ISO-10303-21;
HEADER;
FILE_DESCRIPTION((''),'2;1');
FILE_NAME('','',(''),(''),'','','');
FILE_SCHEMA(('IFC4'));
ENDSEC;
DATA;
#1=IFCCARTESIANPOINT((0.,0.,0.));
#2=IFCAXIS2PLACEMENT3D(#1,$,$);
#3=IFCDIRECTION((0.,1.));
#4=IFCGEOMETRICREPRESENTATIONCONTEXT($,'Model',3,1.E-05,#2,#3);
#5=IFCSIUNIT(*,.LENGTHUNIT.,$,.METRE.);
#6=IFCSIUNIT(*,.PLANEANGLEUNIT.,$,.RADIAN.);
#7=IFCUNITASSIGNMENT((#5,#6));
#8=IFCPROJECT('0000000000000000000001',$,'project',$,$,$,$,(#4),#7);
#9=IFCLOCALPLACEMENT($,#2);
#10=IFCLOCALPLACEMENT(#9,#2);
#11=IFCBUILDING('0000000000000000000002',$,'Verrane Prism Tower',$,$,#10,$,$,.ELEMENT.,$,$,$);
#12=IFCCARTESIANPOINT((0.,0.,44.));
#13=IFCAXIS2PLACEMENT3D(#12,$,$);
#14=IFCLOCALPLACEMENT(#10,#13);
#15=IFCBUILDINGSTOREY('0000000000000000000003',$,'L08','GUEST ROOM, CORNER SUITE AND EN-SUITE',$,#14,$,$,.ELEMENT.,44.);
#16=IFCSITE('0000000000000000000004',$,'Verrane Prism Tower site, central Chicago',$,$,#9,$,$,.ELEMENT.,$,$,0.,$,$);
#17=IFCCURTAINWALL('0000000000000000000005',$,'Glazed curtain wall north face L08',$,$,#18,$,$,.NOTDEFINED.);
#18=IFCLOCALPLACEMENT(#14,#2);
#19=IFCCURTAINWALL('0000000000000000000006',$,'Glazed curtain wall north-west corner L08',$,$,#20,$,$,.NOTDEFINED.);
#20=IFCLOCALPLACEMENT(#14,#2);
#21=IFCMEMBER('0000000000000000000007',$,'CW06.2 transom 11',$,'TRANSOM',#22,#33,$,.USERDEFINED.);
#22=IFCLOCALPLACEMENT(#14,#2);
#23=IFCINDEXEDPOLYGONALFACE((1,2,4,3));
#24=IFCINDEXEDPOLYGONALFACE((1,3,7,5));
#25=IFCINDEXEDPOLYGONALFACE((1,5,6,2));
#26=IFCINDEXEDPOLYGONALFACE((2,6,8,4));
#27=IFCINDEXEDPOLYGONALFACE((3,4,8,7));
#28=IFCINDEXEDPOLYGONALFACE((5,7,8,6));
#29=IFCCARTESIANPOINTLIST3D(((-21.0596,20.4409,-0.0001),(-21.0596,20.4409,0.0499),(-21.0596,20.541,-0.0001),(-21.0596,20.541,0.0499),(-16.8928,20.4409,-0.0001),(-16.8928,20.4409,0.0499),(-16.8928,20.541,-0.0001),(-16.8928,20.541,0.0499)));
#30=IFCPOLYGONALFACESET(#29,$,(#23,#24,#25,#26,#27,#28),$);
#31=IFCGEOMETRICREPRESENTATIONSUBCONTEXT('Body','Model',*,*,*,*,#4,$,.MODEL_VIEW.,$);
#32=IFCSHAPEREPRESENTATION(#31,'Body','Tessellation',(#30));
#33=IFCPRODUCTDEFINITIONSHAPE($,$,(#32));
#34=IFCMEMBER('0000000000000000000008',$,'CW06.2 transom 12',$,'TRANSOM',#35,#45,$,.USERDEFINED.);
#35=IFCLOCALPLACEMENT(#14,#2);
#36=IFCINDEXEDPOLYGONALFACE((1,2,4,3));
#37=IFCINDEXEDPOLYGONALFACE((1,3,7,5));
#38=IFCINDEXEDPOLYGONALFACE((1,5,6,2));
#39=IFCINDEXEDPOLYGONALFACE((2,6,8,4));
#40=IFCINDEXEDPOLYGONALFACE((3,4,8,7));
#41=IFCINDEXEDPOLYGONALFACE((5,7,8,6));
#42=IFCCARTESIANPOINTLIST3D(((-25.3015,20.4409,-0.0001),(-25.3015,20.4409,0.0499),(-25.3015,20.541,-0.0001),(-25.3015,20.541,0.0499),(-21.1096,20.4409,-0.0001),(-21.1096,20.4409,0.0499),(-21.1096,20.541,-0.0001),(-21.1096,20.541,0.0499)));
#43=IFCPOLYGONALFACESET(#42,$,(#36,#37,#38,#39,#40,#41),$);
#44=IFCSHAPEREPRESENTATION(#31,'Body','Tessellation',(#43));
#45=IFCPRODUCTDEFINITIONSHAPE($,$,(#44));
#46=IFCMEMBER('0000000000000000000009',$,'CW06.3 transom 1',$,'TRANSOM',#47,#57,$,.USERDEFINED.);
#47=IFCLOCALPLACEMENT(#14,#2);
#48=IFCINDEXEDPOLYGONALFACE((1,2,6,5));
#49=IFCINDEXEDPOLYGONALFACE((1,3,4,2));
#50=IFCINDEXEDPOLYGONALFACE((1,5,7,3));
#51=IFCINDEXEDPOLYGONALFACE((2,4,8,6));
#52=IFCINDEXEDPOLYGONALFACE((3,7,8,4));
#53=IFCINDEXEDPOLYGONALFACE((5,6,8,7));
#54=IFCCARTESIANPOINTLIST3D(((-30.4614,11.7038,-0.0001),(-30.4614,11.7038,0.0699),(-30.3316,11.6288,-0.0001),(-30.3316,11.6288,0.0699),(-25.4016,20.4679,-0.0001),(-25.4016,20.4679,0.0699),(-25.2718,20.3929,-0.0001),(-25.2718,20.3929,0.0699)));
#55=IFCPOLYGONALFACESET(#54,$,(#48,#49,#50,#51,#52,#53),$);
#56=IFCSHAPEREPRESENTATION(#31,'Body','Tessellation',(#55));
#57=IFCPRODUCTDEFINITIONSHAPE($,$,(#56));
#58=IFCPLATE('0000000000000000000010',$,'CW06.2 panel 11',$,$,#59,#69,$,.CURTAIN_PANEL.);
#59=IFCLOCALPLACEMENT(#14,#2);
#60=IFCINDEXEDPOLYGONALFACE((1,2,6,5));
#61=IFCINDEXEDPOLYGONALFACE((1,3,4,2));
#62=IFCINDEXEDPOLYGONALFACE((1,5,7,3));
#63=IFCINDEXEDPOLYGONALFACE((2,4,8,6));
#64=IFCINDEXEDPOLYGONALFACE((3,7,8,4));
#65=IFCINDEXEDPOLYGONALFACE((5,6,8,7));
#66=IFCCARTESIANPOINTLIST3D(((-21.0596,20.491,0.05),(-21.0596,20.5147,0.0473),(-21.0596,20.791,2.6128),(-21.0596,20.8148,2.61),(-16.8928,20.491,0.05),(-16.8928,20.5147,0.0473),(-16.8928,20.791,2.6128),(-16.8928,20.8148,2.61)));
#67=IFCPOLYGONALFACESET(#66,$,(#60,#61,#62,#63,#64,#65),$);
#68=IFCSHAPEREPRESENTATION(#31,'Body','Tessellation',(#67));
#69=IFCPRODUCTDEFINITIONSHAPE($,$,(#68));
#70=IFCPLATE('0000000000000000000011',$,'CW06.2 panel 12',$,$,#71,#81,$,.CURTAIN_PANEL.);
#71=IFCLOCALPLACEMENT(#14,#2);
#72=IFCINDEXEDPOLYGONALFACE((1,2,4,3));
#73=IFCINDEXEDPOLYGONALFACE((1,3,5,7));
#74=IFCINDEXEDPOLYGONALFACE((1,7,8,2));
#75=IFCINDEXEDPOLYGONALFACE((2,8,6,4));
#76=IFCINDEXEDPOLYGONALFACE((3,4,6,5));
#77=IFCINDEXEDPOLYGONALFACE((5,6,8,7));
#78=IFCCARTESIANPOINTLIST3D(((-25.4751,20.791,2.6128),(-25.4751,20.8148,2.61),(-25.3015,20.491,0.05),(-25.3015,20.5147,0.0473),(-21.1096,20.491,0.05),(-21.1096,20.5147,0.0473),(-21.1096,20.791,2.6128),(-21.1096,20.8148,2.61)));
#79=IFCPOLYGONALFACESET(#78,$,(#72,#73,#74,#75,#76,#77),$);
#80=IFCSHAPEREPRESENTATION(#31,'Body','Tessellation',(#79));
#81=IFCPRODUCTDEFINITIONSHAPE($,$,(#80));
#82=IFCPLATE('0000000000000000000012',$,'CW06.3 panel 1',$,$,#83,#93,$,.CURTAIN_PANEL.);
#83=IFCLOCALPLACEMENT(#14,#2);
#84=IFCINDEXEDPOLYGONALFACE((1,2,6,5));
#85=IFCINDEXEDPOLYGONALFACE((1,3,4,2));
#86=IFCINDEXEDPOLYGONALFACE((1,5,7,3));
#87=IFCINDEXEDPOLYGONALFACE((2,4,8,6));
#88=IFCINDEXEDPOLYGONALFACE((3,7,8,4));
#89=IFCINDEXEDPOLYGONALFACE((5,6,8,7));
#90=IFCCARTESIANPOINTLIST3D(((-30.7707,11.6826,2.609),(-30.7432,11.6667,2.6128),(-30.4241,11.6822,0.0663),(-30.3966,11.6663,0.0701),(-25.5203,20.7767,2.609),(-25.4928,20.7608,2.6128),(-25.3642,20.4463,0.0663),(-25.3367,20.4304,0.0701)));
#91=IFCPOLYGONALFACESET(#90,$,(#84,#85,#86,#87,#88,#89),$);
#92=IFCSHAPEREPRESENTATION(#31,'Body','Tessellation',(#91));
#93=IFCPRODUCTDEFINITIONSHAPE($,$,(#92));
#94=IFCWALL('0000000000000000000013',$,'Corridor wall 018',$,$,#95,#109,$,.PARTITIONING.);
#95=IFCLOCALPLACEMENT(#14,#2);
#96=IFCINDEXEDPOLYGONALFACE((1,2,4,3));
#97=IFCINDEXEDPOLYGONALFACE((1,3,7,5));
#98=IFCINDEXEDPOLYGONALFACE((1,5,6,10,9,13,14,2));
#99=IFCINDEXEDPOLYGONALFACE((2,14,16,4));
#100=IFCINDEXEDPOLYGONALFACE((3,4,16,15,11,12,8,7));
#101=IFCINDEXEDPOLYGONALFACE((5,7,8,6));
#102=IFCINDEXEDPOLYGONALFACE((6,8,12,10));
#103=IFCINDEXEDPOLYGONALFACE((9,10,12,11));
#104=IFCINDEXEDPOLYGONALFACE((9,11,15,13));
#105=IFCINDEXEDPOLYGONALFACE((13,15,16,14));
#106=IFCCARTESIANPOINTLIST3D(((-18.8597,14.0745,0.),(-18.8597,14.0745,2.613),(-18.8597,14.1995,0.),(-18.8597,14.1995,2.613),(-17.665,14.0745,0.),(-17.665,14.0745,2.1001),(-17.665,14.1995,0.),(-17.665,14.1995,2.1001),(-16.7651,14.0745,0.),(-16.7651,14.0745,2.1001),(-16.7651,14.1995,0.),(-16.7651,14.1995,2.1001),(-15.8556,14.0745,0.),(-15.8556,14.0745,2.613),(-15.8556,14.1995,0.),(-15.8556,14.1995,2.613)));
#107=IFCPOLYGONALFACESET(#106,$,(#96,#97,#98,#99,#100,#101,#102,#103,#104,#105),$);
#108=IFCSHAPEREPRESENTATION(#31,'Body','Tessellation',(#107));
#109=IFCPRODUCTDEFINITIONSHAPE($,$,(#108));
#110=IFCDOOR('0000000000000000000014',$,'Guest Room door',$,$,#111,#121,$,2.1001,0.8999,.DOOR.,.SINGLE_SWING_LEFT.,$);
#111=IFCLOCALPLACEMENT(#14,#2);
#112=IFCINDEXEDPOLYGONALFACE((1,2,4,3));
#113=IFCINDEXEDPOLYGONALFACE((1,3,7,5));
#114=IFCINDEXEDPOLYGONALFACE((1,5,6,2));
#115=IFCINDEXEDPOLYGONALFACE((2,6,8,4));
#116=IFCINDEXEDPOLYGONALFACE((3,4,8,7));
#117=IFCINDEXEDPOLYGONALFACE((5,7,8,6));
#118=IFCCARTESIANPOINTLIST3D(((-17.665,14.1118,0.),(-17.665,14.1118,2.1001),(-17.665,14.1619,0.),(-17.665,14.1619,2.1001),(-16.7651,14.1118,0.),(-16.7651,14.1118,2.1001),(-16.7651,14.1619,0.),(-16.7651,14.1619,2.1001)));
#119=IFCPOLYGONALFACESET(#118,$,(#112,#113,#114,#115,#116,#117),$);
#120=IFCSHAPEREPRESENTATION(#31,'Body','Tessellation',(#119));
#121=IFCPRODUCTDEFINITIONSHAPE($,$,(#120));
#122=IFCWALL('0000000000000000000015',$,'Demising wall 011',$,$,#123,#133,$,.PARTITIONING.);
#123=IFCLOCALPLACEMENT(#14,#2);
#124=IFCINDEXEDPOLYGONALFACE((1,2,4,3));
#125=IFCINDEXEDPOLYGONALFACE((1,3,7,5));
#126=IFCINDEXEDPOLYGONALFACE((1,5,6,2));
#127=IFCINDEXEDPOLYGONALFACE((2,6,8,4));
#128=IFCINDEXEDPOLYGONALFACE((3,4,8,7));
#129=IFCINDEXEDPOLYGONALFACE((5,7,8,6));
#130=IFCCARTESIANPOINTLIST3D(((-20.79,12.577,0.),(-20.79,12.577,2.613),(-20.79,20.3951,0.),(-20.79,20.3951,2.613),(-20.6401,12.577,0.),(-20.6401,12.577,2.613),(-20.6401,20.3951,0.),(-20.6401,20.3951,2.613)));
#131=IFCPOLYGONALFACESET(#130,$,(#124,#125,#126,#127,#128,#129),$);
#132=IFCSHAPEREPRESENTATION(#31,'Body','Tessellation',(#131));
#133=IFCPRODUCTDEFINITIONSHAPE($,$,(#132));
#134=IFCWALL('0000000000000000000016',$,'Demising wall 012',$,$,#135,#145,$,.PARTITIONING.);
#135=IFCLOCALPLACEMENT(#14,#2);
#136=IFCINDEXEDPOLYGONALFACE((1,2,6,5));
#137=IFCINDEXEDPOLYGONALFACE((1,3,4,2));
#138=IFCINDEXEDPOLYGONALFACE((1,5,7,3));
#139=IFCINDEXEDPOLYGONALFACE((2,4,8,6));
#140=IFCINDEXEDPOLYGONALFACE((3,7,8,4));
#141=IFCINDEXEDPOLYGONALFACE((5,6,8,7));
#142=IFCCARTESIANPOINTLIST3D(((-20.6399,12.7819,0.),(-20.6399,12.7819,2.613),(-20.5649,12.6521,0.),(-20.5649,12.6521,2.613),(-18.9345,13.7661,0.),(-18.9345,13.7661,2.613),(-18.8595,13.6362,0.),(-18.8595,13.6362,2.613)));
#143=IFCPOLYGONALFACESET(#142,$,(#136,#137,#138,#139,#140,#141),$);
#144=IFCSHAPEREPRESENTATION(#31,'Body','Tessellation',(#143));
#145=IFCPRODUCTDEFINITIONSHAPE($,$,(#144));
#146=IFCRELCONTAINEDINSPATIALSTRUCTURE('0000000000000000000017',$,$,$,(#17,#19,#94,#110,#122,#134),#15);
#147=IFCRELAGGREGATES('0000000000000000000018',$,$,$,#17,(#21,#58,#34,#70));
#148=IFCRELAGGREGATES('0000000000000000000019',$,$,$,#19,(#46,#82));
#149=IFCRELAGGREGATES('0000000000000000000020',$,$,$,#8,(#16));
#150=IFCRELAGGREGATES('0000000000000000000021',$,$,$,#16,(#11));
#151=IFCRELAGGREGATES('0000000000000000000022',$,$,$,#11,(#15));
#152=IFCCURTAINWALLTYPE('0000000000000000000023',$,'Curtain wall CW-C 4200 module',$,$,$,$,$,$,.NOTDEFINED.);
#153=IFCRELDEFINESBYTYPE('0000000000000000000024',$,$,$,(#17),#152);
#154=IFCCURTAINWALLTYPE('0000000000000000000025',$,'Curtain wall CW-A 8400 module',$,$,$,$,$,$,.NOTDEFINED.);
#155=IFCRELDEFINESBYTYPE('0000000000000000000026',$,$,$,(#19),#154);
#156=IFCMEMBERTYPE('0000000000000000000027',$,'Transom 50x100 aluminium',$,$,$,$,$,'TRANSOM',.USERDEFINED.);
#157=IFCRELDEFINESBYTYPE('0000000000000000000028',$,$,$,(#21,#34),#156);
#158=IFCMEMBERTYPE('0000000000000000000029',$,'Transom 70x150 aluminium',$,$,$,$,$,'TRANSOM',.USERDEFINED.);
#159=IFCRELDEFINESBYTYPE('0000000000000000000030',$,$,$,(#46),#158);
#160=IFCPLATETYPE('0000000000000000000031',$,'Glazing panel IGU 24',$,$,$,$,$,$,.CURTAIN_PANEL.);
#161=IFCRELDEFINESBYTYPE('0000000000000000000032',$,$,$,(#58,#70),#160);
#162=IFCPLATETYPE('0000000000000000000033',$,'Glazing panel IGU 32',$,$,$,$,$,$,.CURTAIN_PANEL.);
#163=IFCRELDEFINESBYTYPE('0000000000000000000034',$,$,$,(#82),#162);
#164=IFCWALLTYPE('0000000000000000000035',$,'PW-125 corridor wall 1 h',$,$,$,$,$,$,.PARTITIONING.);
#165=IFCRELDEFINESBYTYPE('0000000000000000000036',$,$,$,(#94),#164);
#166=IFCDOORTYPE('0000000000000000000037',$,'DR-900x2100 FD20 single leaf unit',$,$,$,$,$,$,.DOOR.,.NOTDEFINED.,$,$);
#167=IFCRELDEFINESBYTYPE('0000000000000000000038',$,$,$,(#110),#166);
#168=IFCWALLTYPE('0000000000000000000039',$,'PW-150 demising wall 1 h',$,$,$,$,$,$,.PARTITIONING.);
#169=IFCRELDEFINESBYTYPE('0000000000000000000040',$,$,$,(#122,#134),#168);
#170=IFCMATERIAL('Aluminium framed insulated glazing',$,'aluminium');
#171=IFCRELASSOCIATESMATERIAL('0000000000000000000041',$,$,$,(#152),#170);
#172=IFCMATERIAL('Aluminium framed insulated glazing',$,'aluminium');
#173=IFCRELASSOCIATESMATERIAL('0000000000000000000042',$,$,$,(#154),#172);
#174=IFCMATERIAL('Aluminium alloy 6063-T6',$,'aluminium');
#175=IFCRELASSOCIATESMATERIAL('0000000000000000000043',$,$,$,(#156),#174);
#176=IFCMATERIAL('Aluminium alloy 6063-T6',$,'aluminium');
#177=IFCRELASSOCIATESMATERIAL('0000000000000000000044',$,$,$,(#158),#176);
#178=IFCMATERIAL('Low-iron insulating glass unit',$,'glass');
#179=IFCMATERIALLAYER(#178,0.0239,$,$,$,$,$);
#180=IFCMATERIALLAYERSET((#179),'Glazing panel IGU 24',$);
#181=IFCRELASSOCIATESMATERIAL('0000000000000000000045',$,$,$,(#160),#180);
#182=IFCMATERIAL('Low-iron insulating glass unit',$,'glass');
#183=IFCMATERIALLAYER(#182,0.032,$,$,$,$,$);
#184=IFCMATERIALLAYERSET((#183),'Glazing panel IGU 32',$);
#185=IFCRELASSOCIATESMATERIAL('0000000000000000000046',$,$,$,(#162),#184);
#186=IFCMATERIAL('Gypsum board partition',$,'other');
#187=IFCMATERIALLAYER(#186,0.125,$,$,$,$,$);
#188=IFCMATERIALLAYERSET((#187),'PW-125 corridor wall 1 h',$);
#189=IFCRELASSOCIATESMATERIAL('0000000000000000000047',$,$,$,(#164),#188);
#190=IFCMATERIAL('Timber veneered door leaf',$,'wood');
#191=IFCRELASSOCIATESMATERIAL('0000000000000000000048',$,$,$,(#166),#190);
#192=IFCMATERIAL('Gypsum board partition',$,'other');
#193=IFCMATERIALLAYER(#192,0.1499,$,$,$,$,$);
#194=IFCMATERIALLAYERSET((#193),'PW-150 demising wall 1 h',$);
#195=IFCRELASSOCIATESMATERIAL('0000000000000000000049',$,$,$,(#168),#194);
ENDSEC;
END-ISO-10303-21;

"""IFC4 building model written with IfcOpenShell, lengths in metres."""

from ifc_helpers import new_model, si_unit, direction, frame, frame_2d, origin, origin_2d, place, context, subcontext, project, spatial, polyline, rectangle, outline, extrude, material, layer, layer_set, material_profile, profile_set, type_object, element, fill, aggregate, save


model = new_model("IFC4")

# Units and contexts
model_context = context("Model", 3, precision=1e-05, world=origin(), true_north=direction((0.0, 1.0)))
body_context = subcontext(model_context, "Body", "Model", "MODEL_VIEW")
ifc_project = project(units=[si_unit("LENGTHUNIT", "METRE"), si_unit("PLANEANGLEUNIT", "RADIAN")], contexts=[model_context])

# Site, building, storey
site_placement = place(None, origin())
site = spatial("IfcSite", under=ifc_project, at=site_placement, Name="Verrane Prism Tower site, central Chicago", CompositionType="ELEMENT", RefElevation=0.0)
building_placement = place(site_placement, origin())
building = spatial("IfcBuilding", under=site, at=building_placement, Name="Verrane Prism Tower", CompositionType="ELEMENT")
storey_placement = place(building_placement, frame((0.0, 0.0, 44.0)))
storey = spatial("IfcBuildingStorey", under=building, at=storey_placement, Name="L08", Description="GUEST ROOM, CORNER SUITE AND EN-SUITE", CompositionType="ELEMENT", Elevation=44.0)

# Curtain wall
ifc_material_1 = material(Name="Aluminium framed insulated glazing", Category="aluminium")
curtain_wall_type_1 = type_object("IfcCurtainWallType", Name="Curtain wall CW-C 4200 module", PredefinedType="NOTDEFINED", material=ifc_material_1)
curtain_wall_1_placement = place(storey_placement, origin())
curtain_wall_1 = element("IfcCurtainWall", 1, at=curtain_wall_1_placement, inside=storey, type_object=curtain_wall_type_1, Name="Glazed curtain wall north face L08", PredefinedType="NOTDEFINED")

# Curtain wall
ifc_material_2 = material(Name="Aluminium framed insulated glazing", Category="aluminium")
curtain_wall_type_2 = type_object("IfcCurtainWallType", Name="Curtain wall CW-A 8400 module", PredefinedType="NOTDEFINED", material=ifc_material_2)
curtain_wall_2_placement = place(storey_placement, origin())
curtain_wall_2 = element("IfcCurtainWall", 2, at=curtain_wall_2_placement, inside=storey, type_object=curtain_wall_type_2, Name="Glazed curtain wall north-west corner L08", PredefinedType="NOTDEFINED")

# Members
ifc_material_3 = material(Name="Aluminium alloy 6063-T6", Category="aluminium")
ifc_material_profile_1 = material_profile(ifc_material_3, rectangle(XDim=0.1001, YDim=0.05, at=origin_2d()), Name="Transom 50x100 aluminium")
ifc_profile_set_1 = profile_set([ifc_material_profile_1], Name="Aluminium alloy 6063-T6")
member_type_1 = type_object("IfcMemberType", Name="Transom 50x100 aluminium", ElementType="TRANSOM", PredefinedType="USERDEFINED", material=ifc_profile_set_1)
member_1_placement = place(storey_placement, frame((-16.8928, 20.491, 0.0249), z_axis=(-1.0, 0.0, 0.0), x_axis=(0.0, -1.0, 0.0)))
member_1 = element("IfcMember", 3, at=member_1_placement, type_object=member_type_1, Name="CW06.2 transom 11", ObjectType="TRANSOM", PredefinedType="USERDEFINED", context=body_context, shape_type="SweptSolid", body=[
    extrude(rectangle(XDim=0.1001, YDim=0.05, at=origin_2d()), origin(), (0.0, 0.0, 1.0), 4.1667),
])
member_2_placement = place(storey_placement, frame((-21.1096, 20.491, 0.0249), z_axis=(-1.0, 0.0, 0.0), x_axis=(0.0, -1.0, 0.0)))
member_2 = element("IfcMember", 4, at=member_2_placement, type_object=member_type_1, Name="CW06.2 transom 12", ObjectType="TRANSOM", PredefinedType="USERDEFINED", context=body_context, shape_type="SweptSolid", body=[
    extrude(rectangle(XDim=0.1001, YDim=0.05, at=origin_2d()), origin(), (0.0, 0.0, 1.0), 4.1919),
])
ifc_material_4 = material(Name="Aluminium alloy 6063-T6", Category="aluminium")
ifc_material_profile_2 = material_profile(ifc_material_4, rectangle(XDim=0.1499, YDim=0.0701, at=origin_2d()), Name="Transom 70x150 aluminium")
ifc_profile_set_2 = profile_set([ifc_material_profile_2], Name="Aluminium alloy 6063-T6")
member_type_2 = type_object("IfcMemberType", Name="Transom 70x150 aluminium", ElementType="TRANSOM", PredefinedType="USERDEFINED", material=ifc_profile_set_2)
member_3_placement = place(storey_placement, frame((-25.3367, 20.4304, 0.0349), z_axis=(-0.499987, -0.866033, 0.0), x_axis=(0.866033, -0.499987, 0.0)))
member_3 = element("IfcMember", 5, at=member_3_placement, type_object=member_type_2, Name="CW06.3 transom 1", ObjectType="TRANSOM", PredefinedType="USERDEFINED", context=body_context, shape_type="SweptSolid", body=[
    extrude(rectangle(XDim=0.1499, YDim=0.0701, at=origin_2d()), origin(), (0.0, 0.0, 1.0), 10.1199),
])

# Plates
ifc_material_5 = material(Name="Low-iron insulating glass unit", Category="glass")
ifc_layer_1 = layer(ifc_material_5, 0.0239)
ifc_layer_set_1 = layer_set([ifc_layer_1], Name="Glazing panel IGU 24")
plate_type_1 = type_object("IfcPlateType", Name="Glazing panel IGU 24", PredefinedType="CURTAIN_PANEL", material=ifc_layer_set_1)
plate_1_placement = place(storey_placement, frame((-16.8928, 20.491, 0.05), z_axis=(0.0, -0.993216, 0.116287), x_axis=(-1.0, 0.0, 0.0)))
plate_1 = element("IfcPlate", 6, at=plate_1_placement, type_object=plate_type_1, Name="CW06.2 panel 11", PredefinedType="CURTAIN_PANEL", context=body_context, shape_type="SweptSolid", body=[
    extrude(outline(polyline([(0.0, 0.0), (4.1667, 0.0), (4.1667, -2.5802), (0.0, -2.5802), (0.0, 0.0)])), origin(), (0.0, 0.0, -1.0), 0.0239),
])
plate_2_placement = place(storey_placement, frame((-21.1096, 20.491, 0.05), z_axis=(0.0, -0.993216, 0.116287), x_axis=(-1.0, 0.0, 0.0)))
plate_2 = element("IfcPlate", 7, at=plate_2_placement, type_object=plate_type_1, Name="CW06.2 panel 12", PredefinedType="CURTAIN_PANEL", context=body_context, shape_type="SweptSolid", body=[
    extrude(outline(polyline([(0.0, 0.0), (4.1919, 0.0), (4.3655, -2.5802), (0.0, -2.5802), (0.0, 0.0)])), origin(), (0.0, 0.0, -1.0), 0.0239),
])
aggregate(curtain_wall_1, [member_1, plate_1, member_2, plate_2])
ifc_material_6 = material(Name="Low-iron insulating glass unit", Category="glass")
ifc_layer_2 = layer(ifc_material_6, 0.032)
ifc_layer_set_2 = layer_set([ifc_layer_2], Name="Glazing panel IGU 32")
plate_type_2 = type_object("IfcPlateType", Name="Glazing panel IGU 32", PredefinedType="CURTAIN_PANEL", material=ifc_layer_set_2)
plate_3_placement = place(storey_placement, frame((-25.3367, 20.4304, 0.0701), z_axis=(0.860048, -0.496544, 0.117314), x_axis=(-0.499996, -0.866028, -0.000001)))
plate_3 = element("IfcPlate", 8, at=plate_3_placement, type_object=plate_type_2, Name="CW06.3 panel 1", PredefinedType="CURTAIN_PANEL", context=body_context, shape_type="SweptSolid", body=[
    extrude(outline(polyline([(0.0, 0.0), (10.1199, 0.0), (10.2928, -2.5604), (-0.2081, -2.5604), (0.0, 0.0)])), origin(), (0.0, 0.0, -1.0), 0.032),
])
aggregate(curtain_wall_2, [member_3, plate_3])

# Wall, opening, door
ifc_material_7 = material(Name="Gypsum board partition", Category="other")
ifc_layer_3 = layer(ifc_material_7, 0.125)
ifc_layer_set_3 = layer_set([ifc_layer_3], Name="PW-125 corridor wall 1 h")
wall_type_1 = type_object("IfcWallType", Name="PW-125 corridor wall 1 h", PredefinedType="PARTITIONING", material=ifc_layer_set_3)
wall_1_placement = place(storey_placement, frame((-18.8596, 14.137, 0.0), z_axis=(0.0, 0.0, 1.0), x_axis=(1.0, 0.0, 0.0)))
wall_1 = element("IfcWall", 9, at=wall_1_placement, inside=storey, type_object=wall_type_1, Name="Corridor wall 018", PredefinedType="PARTITIONING", context=body_context, shape_type="SweptSolid", body=[
    extrude(rectangle(XDim=3.0042, YDim=0.125, at=frame_2d((1.502, 0.0))), origin(), (0.0, 0.0, 1.0), 2.613),
])
opening_1_placement = place(wall_1_placement, frame((1.1946, 0.0, 0.0)))
opening_1 = element("IfcOpeningElement", 10, at=opening_1_placement, cuts=wall_1, PredefinedType="OPENING", context=body_context, shape_type="SweptSolid", body=[
    extrude(rectangle(XDim=0.8999, YDim=2.1001, at=frame_2d((0.45, 1.05))), frame((0.0, 0.0725, 0.0), z_axis=(0.0, -1.0, 0.0), x_axis=(1.0, 0.0, 0.0)), (0.0, 0.0, 1.0), 0.145),
])
ifc_material_8 = material(Name="Timber veneered door leaf", Category="wood")
door_type_1 = type_object("IfcDoorType", Name="DR-900x2100 FD20 single leaf unit", OperationType="NOTDEFINED", PredefinedType="DOOR", material=ifc_material_8)
door_1_placement = place(opening_1_placement, origin())
door_1 = element("IfcDoor", 11, at=door_1_placement, inside=storey, type_object=door_type_1, Name="Guest Room door", OperationType="SINGLE_SWING_LEFT", OverallHeight=2.1001, OverallWidth=0.8999, PredefinedType="DOOR", context=body_context, shape_type="SweptSolid", body=[
    extrude(rectangle(XDim=0.8999, YDim=2.1001, at=frame_2d((0.45, 1.05))), frame((0.0, 0.0249, 0.0), z_axis=(0.0, -1.0, 0.0), x_axis=(1.0, 0.0, 0.0)), (0.0, 0.0, 1.0), 0.05),
])
fill(opening_1, door_1)

# Walls
ifc_material_9 = material(Name="Gypsum board partition", Category="other")
ifc_layer_4 = layer(ifc_material_9, 0.1499)
ifc_layer_set_4 = layer_set([ifc_layer_4], Name="PW-150 demising wall 1 h")
wall_type_2 = type_object("IfcWallType", Name="PW-150 demising wall 1 h", PredefinedType="PARTITIONING", material=ifc_layer_set_4)
wall_2_placement = place(storey_placement, frame((-20.7151, 12.5769, 0.0), z_axis=(0.0, 0.0, 1.0), x_axis=(0.0, 1.0, 0.0)))
element("IfcWall", 12, at=wall_2_placement, inside=storey, type_object=wall_type_2, Name="Demising wall 011", PredefinedType="PARTITIONING", context=body_context, shape_type="SweptSolid", body=[
    extrude(rectangle(XDim=7.8181, YDim=0.1499, at=frame_2d((3.9092, 0.0))), origin(), (0.0, 0.0, 1.0), 2.613),
])
wall_3_placement = place(storey_placement, frame((-20.6023, 12.717, 0.0), z_axis=(0.0, 0.0, 1.0), x_axis=(0.866122, 0.499833, 0.0)))
element("IfcWall", 13, at=wall_3_placement, inside=storey, type_object=wall_type_2, Name="Demising wall 012", PredefinedType="PARTITIONING", context=body_context, shape_type="SweptSolid", body=[
    extrude(rectangle(XDim=1.969, YDim=0.1499, at=frame_2d((0.9844, 0.0))), origin(), (0.0, 0.0, 1.0), 2.613),
])

save(model, "model.ifc")
